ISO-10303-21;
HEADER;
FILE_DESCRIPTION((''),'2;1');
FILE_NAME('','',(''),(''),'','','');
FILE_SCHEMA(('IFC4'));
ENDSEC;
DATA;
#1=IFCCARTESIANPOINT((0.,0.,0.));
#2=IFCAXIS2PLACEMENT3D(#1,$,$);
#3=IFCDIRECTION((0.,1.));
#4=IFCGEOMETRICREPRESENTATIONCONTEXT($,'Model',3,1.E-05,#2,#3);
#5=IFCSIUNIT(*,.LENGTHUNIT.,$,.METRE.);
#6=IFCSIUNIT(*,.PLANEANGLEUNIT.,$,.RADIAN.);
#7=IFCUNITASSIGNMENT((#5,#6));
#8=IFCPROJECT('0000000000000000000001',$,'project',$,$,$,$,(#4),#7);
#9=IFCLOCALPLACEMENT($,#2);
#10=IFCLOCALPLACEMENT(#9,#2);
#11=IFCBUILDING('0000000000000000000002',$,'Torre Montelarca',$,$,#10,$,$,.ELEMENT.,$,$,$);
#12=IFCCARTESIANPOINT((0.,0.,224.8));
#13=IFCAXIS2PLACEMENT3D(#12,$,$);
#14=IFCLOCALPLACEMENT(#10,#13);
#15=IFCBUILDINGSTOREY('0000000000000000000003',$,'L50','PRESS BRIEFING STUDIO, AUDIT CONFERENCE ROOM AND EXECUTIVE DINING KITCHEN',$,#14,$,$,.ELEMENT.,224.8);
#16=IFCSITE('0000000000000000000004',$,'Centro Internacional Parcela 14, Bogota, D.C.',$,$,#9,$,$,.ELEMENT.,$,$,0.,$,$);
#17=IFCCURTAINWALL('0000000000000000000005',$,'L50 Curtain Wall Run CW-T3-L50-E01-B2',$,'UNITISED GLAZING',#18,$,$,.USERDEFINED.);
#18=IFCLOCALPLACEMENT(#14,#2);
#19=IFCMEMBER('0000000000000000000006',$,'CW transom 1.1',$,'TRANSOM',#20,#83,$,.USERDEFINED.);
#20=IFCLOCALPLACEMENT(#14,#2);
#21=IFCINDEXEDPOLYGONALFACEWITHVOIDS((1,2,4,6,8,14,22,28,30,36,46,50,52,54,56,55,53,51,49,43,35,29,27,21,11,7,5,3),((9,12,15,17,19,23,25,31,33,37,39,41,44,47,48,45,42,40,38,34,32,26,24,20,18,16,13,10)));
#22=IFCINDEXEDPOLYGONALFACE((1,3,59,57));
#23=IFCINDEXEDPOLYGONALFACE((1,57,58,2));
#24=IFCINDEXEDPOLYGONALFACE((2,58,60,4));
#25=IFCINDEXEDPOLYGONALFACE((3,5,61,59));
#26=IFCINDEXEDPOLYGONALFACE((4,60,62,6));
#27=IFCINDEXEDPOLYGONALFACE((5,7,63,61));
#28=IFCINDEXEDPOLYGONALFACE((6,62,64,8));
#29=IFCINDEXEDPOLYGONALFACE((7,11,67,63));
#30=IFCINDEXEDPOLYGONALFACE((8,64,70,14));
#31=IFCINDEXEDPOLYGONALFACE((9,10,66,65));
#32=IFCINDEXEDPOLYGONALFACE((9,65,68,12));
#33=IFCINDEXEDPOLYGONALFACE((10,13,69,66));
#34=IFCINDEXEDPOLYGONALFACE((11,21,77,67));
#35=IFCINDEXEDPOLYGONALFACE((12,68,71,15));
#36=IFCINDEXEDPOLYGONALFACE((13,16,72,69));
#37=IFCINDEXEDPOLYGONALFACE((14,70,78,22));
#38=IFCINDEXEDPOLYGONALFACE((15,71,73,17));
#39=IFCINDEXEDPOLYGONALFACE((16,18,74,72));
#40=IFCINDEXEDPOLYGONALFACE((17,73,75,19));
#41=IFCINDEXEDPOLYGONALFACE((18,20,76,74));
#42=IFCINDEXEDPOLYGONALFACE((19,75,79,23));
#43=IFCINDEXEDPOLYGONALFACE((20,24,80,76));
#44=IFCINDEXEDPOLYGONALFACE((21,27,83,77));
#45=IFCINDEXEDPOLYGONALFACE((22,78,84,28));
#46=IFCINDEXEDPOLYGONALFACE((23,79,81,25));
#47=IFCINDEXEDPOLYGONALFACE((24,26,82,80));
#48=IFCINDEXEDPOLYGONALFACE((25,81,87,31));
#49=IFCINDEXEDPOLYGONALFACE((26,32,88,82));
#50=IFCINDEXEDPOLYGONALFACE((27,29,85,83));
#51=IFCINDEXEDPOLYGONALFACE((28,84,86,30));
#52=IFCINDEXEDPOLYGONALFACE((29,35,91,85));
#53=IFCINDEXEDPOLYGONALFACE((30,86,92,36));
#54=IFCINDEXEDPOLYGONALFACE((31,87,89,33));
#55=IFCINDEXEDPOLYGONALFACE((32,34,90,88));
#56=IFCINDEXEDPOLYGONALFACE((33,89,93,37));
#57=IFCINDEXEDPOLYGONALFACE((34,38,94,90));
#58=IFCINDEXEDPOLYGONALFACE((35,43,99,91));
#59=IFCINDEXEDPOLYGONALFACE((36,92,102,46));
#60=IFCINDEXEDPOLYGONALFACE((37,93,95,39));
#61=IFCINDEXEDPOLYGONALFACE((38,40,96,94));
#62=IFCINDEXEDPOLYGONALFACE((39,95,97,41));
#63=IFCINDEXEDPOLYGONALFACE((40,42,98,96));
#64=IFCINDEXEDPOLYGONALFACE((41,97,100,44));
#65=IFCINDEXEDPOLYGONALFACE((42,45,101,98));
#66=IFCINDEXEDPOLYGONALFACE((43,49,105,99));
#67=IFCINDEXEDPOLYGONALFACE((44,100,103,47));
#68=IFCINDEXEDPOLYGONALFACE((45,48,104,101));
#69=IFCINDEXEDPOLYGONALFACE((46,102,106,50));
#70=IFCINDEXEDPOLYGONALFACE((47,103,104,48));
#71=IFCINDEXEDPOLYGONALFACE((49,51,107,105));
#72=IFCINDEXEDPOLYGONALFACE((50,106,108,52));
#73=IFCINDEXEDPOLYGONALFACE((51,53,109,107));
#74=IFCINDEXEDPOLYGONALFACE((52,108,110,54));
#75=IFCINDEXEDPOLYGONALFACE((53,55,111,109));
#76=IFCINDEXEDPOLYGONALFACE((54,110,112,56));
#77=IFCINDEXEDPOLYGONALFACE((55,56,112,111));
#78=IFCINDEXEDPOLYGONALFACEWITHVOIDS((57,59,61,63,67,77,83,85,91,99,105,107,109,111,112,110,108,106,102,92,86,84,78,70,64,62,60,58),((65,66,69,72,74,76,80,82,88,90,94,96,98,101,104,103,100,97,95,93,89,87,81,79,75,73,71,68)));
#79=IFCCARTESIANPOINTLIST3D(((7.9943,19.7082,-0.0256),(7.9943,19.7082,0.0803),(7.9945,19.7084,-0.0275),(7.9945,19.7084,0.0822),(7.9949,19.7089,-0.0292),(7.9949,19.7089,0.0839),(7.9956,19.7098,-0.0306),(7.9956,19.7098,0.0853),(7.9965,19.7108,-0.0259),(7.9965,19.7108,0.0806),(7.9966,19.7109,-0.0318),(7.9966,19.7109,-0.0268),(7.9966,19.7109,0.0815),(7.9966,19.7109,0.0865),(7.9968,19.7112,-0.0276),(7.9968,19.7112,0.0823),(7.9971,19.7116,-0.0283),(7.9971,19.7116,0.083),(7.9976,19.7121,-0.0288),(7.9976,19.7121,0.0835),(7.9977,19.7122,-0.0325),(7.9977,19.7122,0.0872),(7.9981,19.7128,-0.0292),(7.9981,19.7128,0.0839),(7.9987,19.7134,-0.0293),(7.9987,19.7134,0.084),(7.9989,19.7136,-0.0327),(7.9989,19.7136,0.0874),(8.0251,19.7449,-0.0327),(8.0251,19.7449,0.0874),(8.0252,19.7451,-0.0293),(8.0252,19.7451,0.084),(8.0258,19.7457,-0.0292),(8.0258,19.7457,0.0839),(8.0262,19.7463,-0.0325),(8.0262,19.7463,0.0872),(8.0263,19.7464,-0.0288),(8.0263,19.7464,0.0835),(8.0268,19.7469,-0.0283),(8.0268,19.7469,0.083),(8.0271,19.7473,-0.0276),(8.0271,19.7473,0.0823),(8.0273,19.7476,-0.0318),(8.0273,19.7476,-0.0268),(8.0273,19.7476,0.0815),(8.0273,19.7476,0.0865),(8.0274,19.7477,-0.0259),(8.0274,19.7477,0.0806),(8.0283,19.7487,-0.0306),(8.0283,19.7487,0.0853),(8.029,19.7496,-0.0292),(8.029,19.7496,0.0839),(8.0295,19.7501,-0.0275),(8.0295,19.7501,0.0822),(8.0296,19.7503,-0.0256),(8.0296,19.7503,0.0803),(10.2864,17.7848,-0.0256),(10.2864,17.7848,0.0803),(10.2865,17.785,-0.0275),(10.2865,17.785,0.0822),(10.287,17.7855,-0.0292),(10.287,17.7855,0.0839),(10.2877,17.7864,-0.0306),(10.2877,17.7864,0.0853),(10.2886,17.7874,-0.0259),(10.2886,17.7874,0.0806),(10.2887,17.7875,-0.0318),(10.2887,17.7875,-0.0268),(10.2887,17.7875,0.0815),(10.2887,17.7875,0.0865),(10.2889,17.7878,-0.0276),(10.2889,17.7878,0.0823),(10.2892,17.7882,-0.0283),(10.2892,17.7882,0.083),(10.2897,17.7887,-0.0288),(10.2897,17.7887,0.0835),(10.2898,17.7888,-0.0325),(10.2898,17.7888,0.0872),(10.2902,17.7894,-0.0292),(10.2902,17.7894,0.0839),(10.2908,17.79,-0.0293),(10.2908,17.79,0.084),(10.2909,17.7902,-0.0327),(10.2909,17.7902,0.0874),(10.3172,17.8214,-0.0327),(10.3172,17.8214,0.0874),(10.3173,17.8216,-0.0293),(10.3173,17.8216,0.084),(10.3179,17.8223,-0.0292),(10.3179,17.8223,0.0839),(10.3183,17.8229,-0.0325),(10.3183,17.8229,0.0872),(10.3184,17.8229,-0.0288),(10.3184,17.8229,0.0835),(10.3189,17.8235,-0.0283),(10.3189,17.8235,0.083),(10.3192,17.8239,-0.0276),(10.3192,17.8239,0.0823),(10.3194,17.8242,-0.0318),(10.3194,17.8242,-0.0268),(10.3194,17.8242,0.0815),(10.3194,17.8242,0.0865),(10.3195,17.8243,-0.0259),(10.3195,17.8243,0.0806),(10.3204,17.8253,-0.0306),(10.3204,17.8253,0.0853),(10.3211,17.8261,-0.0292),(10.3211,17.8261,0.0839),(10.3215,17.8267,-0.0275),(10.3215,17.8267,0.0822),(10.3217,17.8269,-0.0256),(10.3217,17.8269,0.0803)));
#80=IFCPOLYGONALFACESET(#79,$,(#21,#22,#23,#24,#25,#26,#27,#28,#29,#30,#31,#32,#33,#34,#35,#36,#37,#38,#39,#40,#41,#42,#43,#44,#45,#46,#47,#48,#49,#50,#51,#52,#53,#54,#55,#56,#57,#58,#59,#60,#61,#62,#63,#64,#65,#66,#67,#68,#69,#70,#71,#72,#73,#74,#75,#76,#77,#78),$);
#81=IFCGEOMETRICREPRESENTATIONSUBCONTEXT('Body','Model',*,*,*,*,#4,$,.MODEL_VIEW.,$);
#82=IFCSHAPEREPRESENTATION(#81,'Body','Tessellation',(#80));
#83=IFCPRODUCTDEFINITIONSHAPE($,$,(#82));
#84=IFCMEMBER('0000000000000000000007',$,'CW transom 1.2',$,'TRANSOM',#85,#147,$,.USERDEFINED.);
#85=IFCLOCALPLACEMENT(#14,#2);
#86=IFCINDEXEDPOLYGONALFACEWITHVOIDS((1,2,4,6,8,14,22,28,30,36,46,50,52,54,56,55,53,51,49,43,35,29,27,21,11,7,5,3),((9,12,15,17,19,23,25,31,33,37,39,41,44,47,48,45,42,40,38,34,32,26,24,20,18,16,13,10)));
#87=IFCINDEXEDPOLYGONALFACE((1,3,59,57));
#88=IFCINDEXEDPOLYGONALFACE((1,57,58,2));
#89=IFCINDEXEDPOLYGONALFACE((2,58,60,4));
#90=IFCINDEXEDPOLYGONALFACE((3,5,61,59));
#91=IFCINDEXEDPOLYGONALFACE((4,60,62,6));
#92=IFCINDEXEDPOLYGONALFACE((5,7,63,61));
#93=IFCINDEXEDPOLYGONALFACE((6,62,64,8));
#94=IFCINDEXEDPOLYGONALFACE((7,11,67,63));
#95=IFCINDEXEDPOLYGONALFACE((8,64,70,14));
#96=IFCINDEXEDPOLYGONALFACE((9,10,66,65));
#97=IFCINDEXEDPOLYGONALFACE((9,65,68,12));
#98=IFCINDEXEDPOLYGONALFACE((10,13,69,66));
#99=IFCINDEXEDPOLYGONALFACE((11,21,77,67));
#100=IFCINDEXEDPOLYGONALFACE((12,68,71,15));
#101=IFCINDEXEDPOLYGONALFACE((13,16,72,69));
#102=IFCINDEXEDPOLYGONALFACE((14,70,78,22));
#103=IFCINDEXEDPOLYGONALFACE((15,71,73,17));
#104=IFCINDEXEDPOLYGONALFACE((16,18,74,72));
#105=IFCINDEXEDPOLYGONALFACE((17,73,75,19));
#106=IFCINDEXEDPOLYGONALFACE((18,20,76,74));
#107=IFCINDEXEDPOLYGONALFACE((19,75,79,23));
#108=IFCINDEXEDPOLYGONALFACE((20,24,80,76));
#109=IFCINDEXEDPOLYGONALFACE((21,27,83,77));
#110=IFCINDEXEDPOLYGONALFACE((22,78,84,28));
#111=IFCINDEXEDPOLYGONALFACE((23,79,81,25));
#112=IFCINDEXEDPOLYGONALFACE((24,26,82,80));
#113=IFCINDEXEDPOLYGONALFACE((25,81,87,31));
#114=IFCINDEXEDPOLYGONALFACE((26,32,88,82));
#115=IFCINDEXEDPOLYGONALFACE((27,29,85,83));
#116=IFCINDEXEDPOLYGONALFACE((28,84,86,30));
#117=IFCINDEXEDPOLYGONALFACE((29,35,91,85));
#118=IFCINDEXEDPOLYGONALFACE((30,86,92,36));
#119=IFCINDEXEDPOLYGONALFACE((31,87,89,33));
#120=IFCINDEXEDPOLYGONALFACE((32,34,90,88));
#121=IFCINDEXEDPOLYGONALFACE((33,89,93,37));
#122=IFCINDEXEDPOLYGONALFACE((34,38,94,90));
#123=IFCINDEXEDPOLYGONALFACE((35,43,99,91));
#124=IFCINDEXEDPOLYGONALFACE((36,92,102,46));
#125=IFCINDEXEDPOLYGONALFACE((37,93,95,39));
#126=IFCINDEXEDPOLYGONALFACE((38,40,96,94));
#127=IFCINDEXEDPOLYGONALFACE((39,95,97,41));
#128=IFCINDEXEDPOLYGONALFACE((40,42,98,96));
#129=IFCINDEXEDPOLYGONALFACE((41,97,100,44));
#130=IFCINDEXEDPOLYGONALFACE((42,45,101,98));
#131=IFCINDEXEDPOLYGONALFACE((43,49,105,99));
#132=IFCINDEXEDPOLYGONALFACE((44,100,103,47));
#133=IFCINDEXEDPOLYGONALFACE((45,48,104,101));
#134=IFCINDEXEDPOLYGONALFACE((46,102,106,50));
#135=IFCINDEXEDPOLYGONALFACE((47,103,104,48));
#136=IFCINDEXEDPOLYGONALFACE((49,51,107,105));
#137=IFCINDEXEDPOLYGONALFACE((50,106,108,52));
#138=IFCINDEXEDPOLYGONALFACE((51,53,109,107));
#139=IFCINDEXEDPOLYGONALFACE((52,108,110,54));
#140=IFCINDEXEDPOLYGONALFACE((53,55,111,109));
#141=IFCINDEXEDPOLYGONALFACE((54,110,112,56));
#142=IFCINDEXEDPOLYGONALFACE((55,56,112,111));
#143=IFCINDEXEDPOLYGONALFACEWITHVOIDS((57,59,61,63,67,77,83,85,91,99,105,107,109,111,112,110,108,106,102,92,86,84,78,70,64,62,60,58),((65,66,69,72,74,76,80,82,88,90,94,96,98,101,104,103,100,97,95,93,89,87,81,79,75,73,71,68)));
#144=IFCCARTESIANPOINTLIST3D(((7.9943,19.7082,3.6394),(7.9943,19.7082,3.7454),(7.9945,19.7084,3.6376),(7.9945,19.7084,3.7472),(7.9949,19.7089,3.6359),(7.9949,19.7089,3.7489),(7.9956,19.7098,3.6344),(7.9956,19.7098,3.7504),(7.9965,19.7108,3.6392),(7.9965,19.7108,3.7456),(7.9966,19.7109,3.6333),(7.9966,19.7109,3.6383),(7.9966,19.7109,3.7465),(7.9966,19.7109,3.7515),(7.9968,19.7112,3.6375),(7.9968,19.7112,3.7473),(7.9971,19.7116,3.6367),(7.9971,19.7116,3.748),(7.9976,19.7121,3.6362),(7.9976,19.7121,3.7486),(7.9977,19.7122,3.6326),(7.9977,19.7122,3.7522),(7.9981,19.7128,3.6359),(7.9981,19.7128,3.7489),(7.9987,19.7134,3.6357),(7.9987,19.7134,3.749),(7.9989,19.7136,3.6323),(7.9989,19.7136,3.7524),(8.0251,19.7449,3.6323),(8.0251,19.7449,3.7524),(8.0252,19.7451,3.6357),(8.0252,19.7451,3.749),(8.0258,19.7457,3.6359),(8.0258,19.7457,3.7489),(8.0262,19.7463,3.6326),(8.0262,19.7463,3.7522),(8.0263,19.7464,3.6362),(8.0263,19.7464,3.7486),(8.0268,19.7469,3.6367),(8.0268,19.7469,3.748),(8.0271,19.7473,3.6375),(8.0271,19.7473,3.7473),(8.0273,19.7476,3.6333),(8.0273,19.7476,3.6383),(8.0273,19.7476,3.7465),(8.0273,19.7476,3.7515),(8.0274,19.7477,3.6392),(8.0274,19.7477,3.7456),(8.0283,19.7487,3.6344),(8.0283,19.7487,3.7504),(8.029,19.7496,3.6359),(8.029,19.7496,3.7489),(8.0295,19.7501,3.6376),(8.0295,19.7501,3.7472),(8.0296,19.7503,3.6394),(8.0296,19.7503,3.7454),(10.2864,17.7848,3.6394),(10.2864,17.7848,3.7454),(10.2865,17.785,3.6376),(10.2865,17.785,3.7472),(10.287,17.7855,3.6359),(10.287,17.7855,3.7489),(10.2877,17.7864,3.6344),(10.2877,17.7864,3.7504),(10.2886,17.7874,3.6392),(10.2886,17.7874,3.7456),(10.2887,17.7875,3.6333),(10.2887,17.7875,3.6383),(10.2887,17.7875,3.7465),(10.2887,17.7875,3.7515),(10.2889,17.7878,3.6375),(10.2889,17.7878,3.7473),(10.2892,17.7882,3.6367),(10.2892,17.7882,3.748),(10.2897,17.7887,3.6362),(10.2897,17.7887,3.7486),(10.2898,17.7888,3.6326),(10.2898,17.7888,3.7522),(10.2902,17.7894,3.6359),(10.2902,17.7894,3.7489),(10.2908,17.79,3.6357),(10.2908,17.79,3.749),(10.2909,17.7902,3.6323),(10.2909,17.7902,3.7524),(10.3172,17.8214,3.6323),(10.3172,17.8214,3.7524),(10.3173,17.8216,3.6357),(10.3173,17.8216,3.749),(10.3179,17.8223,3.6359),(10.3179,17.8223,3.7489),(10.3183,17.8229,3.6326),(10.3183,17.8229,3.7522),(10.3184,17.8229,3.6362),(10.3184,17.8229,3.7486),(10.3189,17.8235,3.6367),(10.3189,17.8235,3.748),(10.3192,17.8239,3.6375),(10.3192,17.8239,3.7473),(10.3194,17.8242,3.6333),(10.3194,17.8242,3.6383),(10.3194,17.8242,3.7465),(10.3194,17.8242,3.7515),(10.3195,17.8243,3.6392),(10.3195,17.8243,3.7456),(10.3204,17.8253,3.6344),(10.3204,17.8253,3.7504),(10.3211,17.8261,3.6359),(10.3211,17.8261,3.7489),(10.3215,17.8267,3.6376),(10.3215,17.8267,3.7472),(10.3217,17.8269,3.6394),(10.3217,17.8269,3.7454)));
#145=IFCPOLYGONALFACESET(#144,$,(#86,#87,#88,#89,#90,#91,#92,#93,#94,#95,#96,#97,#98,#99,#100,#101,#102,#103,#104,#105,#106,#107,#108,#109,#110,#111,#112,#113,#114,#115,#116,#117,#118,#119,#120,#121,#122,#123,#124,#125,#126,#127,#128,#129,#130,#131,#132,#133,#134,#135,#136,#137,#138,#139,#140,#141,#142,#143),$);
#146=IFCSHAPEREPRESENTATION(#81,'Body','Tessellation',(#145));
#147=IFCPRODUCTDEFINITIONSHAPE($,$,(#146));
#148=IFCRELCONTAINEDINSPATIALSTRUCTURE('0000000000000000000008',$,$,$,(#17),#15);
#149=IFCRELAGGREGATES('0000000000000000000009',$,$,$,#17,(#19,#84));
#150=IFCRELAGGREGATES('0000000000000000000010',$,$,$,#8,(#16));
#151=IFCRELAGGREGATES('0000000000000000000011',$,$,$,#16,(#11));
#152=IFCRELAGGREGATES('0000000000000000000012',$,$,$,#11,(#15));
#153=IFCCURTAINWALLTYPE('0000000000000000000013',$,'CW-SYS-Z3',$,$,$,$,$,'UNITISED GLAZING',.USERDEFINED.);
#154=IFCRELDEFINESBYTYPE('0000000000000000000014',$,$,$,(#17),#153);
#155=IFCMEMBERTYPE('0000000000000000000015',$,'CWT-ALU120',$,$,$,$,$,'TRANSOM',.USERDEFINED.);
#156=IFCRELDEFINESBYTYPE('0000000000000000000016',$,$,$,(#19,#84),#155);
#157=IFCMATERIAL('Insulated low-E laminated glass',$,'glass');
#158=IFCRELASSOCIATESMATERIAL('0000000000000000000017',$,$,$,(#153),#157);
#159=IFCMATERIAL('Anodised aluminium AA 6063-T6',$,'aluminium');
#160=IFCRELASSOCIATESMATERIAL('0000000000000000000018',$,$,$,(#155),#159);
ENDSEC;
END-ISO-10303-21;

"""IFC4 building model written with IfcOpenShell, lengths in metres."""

from ifc_helpers import new_model, si_unit, direction, frame, origin, origin_2d, place, context, subcontext, project, spatial, hollow_rectangle, extrude, source, transform, mapped, material, material_profile, profile_set, type_object, element, aggregate, save


model = new_model("IFC4")

# Units and contexts
model_context = context("Model", 3, precision=1e-05, world=origin(), true_north=direction((0.0, 1.0)))
body_context = subcontext(model_context, "Body", "Model", "MODEL_VIEW")
ifc_project = project(units=[si_unit("LENGTHUNIT", "METRE"), si_unit("PLANEANGLEUNIT", "RADIAN")], contexts=[model_context])

# Site, building, storey
site_placement = place(None, origin())
site = spatial("IfcSite", under=ifc_project, at=site_placement, Name="Centro Internacional Parcela 14, Bogota, D.C.", CompositionType="ELEMENT", RefElevation=0.0)
building_placement = place(site_placement, origin())
building = spatial("IfcBuilding", under=site, at=building_placement, Name="Torre Montelarca", CompositionType="ELEMENT")
storey_placement = place(building_placement, frame((0.0, 0.0, 224.8)))
storey = spatial("IfcBuildingStorey", under=building, at=storey_placement, Name="L50", Description="PRESS BRIEFING STUDIO, AUDIT CONFERENCE ROOM AND EXECUTIVE DINING KITCHEN", CompositionType="ELEMENT", Elevation=224.8)

# Shared definitions
ifc_material_1 = material(Name="Insulated low-E laminated glass", Category="glass")
curtain_wall_type = type_object("IfcCurtainWallType", Name="CW-SYS-Z3", ElementType="UNITISED GLAZING", PredefinedType="USERDEFINED", material=ifc_material_1)
ifc_material_2 = material(Name="Anodised aluminium AA 6063-T6", Category="aluminium")
ifc_material_profile_1 = material_profile(ifc_material_2, hollow_rectangle(XDim=0.0549, YDim=0.1201, WallThickness=0.0034, InnerFilletRadius=0.0034, OuterFilletRadius=0.0071, at=origin_2d()), Name="ALU55X120X3.5", Category="aluminium")
ifc_profile_set_1 = profile_set([ifc_material_profile_1], Name="Anodised aluminium AA 6063-T6")
member_type_1 = type_object("IfcMemberType", Name="CWT-ALU120", ElementType="TRANSOM", PredefinedType="USERDEFINED", material=ifc_profile_set_1)

# Curtain wall
curtain_wall_1_placement = place(storey_placement, origin())
curtain_wall_1 = element("IfcCurtainWall", 1, at=curtain_wall_1_placement, inside=storey, type_object=curtain_wall_type, Name="L50 Curtain Wall Run CW-T3-L50-E01-B2", ObjectType="UNITISED GLAZING", PredefinedType="USERDEFINED")

# Members
shared_shape_1 = source(origin(), body_context, "Body", "SweptSolid", [
    extrude(hollow_rectangle(XDim=0.0549, YDim=0.1201, WallThickness=0.0034, InnerFilletRadius=0.0034, OuterFilletRadius=0.0071, at=origin_2d()), origin(), (0.0, 0.0, 1.0), 2.9922),
])
member_1_placement = place(storey_placement, frame((8.012, 19.7292, 0.0273), z_axis=(0.766023, -0.642813, 0.0), x_axis=(0.642813, 0.766023, 0.0)))
member_1 = element("IfcMember", 2, at=member_1_placement, type_object=member_type_1, Name="CW transom 1.1", ObjectType="TRANSOM", PredefinedType="USERDEFINED", context=body_context, shape_type="MappedRepresentation", body=[
    mapped(shared_shape_1, transform((0.0, 0.0, 0.0), scale=1.0)),
])
member_2_placement = place(storey_placement, frame((8.012, 19.7292, 3.6924), z_axis=(0.766023, -0.642813, 0.0), x_axis=(0.642813, 0.766023, 0.0)))
member_2 = element("IfcMember", 3, at=member_2_placement, type_object=member_type_1, Name="CW transom 1.2", ObjectType="TRANSOM", PredefinedType="USERDEFINED", context=body_context, shape_type="MappedRepresentation", body=[
    mapped(shared_shape_1, transform((0.0, 0.0, 0.0), scale=1.0)),
])

aggregate(curtain_wall_1, [member_1, member_2])

save(model, "model.ifc")
